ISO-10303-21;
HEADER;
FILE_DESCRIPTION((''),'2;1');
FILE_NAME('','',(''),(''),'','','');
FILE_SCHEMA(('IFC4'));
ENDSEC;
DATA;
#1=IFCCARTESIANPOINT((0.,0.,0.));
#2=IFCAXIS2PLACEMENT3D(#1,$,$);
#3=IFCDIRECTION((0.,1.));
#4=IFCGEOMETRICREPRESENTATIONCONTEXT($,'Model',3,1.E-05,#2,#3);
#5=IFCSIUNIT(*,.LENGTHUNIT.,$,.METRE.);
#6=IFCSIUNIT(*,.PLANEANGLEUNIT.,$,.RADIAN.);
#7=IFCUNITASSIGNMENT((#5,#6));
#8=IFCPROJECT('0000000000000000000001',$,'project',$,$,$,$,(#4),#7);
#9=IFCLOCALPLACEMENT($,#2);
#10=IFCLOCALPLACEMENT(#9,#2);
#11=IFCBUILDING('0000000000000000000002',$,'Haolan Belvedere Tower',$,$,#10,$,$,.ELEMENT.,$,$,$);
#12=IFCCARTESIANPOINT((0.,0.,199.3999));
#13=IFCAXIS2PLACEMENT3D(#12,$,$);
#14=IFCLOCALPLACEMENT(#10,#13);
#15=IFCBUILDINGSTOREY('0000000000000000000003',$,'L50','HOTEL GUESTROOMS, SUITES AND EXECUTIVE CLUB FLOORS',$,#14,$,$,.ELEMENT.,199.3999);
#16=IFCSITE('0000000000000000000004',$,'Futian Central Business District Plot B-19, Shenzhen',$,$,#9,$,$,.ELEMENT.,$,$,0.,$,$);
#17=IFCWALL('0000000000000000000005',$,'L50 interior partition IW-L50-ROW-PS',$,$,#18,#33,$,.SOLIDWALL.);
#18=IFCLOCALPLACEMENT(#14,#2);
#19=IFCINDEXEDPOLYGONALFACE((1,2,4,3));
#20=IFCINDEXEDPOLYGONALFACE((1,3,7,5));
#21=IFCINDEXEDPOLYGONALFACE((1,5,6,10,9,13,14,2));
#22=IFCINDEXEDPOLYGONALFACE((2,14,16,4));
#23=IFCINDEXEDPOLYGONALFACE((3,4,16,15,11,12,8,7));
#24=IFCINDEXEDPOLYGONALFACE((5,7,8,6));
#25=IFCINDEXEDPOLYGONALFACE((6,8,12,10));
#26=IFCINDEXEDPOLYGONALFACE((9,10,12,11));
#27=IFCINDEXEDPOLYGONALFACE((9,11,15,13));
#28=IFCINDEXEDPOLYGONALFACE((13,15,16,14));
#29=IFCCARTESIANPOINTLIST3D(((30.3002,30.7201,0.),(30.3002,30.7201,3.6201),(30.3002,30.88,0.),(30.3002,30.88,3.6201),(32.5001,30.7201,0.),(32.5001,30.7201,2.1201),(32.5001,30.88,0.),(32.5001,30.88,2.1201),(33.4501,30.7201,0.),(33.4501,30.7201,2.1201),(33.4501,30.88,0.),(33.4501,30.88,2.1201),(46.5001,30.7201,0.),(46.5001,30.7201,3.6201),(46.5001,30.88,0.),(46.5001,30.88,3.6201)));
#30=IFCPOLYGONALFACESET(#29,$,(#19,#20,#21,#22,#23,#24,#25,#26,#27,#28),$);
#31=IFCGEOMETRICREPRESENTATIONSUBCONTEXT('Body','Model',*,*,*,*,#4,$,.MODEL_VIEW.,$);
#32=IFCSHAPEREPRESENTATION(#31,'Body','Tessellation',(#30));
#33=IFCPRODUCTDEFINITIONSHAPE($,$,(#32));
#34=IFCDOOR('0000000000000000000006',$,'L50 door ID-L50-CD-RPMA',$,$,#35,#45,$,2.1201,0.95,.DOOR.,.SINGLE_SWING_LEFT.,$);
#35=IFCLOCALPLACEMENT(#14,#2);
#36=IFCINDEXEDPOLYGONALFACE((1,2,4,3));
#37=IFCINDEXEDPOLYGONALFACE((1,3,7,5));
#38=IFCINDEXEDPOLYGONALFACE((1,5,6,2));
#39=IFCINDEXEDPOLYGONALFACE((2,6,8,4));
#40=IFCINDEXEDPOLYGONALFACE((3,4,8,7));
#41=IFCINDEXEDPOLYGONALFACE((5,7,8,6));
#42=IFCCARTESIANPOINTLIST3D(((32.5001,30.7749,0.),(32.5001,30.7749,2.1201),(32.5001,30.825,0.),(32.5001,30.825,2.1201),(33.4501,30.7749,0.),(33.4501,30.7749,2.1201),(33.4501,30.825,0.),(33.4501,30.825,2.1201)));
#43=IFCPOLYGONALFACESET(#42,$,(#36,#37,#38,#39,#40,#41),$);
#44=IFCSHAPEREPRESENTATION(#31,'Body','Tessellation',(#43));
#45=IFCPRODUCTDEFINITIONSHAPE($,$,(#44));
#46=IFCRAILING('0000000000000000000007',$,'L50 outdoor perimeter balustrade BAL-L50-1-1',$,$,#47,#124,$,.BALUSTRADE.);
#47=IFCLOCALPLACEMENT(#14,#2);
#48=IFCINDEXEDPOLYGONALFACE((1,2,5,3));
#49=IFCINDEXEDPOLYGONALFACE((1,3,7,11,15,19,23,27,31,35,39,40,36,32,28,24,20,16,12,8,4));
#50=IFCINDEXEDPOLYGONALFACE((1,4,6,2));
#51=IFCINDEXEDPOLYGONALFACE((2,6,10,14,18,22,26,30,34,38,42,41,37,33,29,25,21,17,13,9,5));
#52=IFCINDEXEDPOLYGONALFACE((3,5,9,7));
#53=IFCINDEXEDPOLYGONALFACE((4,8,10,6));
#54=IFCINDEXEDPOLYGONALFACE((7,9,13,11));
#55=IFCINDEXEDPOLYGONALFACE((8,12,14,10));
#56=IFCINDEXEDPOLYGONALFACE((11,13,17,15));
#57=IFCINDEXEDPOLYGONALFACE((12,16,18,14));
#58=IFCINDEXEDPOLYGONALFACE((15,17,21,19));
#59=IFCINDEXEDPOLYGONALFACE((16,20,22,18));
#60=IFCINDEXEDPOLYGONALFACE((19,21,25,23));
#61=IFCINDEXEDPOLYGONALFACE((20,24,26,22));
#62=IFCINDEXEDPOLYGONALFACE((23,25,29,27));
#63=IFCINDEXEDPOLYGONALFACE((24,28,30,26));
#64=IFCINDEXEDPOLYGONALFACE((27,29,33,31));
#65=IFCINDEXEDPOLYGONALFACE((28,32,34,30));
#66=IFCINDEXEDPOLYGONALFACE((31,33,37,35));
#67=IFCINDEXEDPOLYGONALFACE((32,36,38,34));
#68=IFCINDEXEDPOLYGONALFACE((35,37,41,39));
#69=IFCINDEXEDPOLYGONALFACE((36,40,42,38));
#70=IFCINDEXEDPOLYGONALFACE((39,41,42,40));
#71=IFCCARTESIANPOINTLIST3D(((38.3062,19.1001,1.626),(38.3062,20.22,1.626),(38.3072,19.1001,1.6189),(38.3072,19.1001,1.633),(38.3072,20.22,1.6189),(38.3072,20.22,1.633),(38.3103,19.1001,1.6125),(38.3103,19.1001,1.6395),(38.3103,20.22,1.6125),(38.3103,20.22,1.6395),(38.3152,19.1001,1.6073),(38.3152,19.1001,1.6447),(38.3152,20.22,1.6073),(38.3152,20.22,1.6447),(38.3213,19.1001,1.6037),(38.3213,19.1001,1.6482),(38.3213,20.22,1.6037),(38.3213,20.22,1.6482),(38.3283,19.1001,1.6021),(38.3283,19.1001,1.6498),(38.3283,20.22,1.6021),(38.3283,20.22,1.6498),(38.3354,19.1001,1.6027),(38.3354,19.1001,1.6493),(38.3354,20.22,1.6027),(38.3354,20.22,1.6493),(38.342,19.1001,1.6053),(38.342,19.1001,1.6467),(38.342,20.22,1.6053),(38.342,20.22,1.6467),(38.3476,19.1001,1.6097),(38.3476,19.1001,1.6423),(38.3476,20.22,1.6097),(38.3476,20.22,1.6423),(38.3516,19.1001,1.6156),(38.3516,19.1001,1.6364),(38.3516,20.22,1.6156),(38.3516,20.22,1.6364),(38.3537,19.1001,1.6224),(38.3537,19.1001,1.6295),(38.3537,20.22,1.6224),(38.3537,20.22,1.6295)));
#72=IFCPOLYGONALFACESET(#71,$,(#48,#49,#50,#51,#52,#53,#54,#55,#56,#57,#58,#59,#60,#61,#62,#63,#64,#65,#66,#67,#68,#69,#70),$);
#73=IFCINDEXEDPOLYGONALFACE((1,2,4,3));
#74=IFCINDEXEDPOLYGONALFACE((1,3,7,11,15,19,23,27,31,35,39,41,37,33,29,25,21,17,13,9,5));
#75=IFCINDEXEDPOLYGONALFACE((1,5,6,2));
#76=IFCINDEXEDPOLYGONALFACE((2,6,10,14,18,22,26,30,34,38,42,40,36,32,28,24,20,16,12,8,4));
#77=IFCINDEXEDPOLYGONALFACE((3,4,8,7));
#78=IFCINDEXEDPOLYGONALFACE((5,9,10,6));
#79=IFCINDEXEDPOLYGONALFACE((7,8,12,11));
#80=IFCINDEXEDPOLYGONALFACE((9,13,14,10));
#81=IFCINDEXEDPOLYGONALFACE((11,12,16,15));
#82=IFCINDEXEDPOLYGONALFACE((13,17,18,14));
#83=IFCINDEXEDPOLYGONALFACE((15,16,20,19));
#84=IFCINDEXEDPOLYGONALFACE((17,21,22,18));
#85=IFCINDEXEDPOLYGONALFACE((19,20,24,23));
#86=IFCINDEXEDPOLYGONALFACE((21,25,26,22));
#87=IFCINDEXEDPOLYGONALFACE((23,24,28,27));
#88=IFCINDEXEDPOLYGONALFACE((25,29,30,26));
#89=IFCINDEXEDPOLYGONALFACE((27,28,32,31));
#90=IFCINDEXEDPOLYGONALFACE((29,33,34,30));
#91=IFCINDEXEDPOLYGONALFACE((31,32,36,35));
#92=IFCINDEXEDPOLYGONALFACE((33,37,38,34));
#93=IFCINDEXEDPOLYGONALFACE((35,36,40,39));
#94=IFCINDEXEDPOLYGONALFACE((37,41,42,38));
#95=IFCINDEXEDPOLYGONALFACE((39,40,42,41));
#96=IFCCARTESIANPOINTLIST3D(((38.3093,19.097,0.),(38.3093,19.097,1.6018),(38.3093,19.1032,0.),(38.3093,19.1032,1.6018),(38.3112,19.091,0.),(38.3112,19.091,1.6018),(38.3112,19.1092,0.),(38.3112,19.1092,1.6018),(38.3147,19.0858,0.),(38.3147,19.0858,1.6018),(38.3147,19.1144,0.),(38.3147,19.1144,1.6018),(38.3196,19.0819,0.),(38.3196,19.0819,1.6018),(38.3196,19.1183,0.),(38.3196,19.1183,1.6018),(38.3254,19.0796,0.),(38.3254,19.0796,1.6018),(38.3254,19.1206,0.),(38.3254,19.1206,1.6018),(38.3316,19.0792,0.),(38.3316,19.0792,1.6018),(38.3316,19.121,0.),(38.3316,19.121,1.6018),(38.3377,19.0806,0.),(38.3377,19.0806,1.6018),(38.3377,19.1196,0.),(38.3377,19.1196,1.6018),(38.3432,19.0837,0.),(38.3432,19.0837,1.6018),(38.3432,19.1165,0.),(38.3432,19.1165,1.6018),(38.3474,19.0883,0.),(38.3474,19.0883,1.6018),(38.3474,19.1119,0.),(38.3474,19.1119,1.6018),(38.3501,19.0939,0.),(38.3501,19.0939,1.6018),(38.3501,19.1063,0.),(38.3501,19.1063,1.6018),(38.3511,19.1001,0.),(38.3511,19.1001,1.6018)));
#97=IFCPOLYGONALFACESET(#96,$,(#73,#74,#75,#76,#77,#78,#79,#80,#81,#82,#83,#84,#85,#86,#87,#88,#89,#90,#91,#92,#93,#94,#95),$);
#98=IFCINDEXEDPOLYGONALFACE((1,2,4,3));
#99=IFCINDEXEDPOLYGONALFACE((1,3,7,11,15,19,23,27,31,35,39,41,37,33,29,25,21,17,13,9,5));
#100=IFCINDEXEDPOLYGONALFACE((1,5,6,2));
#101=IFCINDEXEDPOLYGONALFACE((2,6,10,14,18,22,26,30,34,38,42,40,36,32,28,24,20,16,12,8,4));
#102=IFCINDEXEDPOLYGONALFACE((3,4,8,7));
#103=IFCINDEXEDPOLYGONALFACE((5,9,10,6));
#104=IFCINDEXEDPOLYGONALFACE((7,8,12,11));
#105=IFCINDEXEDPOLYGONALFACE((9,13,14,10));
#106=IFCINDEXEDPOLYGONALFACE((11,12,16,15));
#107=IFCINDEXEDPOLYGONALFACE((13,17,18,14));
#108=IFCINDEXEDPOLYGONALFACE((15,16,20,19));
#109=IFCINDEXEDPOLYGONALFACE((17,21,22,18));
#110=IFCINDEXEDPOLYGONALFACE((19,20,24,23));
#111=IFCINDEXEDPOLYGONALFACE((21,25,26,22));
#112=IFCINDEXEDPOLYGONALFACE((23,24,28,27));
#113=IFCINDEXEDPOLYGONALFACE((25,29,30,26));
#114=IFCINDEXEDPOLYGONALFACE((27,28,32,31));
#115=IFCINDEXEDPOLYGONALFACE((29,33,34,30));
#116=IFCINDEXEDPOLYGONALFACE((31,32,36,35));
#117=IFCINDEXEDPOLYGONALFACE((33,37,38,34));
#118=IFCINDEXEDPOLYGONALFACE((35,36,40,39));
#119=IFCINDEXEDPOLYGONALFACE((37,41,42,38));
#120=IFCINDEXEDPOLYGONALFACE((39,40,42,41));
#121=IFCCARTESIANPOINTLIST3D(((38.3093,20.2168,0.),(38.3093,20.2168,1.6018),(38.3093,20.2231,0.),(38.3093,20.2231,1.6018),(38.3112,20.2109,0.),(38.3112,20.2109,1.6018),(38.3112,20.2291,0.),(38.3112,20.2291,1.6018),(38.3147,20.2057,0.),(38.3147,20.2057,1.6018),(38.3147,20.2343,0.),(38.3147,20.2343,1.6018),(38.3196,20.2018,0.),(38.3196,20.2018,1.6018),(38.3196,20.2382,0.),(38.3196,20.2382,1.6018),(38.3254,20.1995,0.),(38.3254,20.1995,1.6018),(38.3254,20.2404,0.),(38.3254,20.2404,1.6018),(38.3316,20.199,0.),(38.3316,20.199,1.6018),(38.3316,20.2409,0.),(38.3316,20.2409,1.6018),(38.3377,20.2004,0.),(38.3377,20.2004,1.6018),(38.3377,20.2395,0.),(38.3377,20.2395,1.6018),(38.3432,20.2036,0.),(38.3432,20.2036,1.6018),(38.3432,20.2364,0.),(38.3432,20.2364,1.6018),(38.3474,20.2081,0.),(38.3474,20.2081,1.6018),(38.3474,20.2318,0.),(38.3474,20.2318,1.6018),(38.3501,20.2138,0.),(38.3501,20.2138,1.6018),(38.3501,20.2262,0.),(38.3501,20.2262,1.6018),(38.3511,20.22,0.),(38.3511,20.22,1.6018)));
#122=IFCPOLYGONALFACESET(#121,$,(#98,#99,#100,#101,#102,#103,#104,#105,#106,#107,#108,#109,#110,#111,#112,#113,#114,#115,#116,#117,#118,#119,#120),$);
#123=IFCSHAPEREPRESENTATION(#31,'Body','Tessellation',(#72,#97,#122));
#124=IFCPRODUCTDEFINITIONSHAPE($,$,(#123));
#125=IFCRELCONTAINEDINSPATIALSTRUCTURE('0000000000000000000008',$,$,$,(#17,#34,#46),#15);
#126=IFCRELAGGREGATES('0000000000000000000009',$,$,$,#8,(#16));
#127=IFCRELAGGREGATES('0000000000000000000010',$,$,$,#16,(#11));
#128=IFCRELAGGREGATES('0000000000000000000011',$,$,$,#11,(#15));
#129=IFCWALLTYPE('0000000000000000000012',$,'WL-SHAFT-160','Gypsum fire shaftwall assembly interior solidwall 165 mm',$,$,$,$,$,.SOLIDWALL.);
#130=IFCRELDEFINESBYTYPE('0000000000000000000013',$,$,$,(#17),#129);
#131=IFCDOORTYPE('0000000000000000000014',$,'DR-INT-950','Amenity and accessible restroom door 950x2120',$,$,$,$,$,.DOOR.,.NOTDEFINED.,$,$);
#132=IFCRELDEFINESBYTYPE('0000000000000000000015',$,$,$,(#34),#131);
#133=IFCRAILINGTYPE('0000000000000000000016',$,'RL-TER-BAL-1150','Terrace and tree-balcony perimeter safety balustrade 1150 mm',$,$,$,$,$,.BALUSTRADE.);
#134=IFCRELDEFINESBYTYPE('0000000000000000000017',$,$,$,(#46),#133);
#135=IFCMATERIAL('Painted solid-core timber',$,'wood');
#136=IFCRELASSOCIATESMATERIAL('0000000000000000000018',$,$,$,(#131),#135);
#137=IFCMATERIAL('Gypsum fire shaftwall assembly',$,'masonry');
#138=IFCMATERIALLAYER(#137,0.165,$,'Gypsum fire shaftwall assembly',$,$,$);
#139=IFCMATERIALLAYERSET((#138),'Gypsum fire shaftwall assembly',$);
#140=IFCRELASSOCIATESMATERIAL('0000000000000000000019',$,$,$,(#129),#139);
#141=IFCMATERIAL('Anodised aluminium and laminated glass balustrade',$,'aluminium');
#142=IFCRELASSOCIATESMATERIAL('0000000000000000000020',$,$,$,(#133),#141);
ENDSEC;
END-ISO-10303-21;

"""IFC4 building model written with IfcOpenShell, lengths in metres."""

from ifc_helpers import new_model, si_unit, direction, frame, frame_2d, origin, origin_2d, place, context, subcontext, project, spatial, rectangle, circle, extrude, material, layer, layer_set, type_object, element, fill, save


model = new_model("IFC4")

# Units and contexts
model_context = context("Model", 3, precision=1e-05, world=origin(), true_north=direction((0.0, 1.0)))
body_context = subcontext(model_context, "Body", "Model", "MODEL_VIEW")
ifc_project = project(units=[si_unit("LENGTHUNIT", "METRE"), si_unit("PLANEANGLEUNIT", "RADIAN")], contexts=[model_context])

# Site, building, storey
site_placement = place(None, origin())
site = spatial("IfcSite", under=ifc_project, at=site_placement, Name="Futian Central Business District Plot B-19, Shenzhen", CompositionType="ELEMENT", RefElevation=0.0)
building_placement = place(site_placement, origin())
building = spatial("IfcBuilding", under=site, at=building_placement, Name="Haolan Belvedere Tower", CompositionType="ELEMENT")
storey_placement = place(building_placement, frame((0.0, 0.0, 199.3999)))
storey = spatial("IfcBuildingStorey", under=building, at=storey_placement, Name="L50", Description="HOTEL GUESTROOMS, SUITES AND EXECUTIVE CLUB FLOORS", CompositionType="ELEMENT", Elevation=199.3999)

# Shared definitions
ifc_material_1 = material(Name="Painted solid-core timber", Category="wood")
door_type_1 = type_object("IfcDoorType", Name="DR-INT-950", Description="Amenity and accessible restroom door 950x2120", OperationType="NOTDEFINED", PredefinedType="DOOR", material=ifc_material_1)

# Wall, opening, door
ifc_material_2 = material(Name="Gypsum fire shaftwall assembly", Category="masonry")
ifc_layer_1 = layer(ifc_material_2, 0.165, Name="Gypsum fire shaftwall assembly")
ifc_layer_set_1 = layer_set([ifc_layer_1], Name="Gypsum fire shaftwall assembly")
wall_type_1 = type_object("IfcWallType", Name="WL-SHAFT-160", Description="Gypsum fire shaftwall assembly interior solidwall 165 mm", PredefinedType="SOLIDWALL", material=ifc_layer_set_1)
wall_1_placement = place(storey_placement, frame((30.3, 30.8, 0.0), z_axis=(0.0, 0.0, 1.0), x_axis=(1.0, 0.0, 0.0)))
wall_1 = element("IfcWall", 1, at=wall_1_placement, inside=storey, type_object=wall_type_1, Name="L50 interior partition IW-L50-ROW-PS", PredefinedType="SOLIDWALL", context=body_context, shape_type="SweptSolid", body=[
    extrude(rectangle(XDim=16.2, YDim=0.1599, at=frame_2d((8.1001, 0.0))), origin(), (0.0, 0.0, 1.0), 3.6201),
])
opening_1_placement = place(wall_1_placement, frame((2.2, 0.0, 0.0)))
opening_1 = element("IfcOpeningElement", 2, at=opening_1_placement, cuts=wall_1, PredefinedType="OPENING", context=body_context, shape_type="SweptSolid", body=[
    extrude(rectangle(XDim=0.95, YDim=2.1201, at=frame_2d((0.4751, 1.0601))), frame((0.0, 0.0898, 0.0), z_axis=(0.0, -1.0, 0.0), x_axis=(1.0, 0.0, 0.0)), (0.0, 0.0, 1.0), 0.1799),
])
door_1_placement = place(opening_1_placement, origin())
door_1 = element("IfcDoor", 3, at=door_1_placement, inside=storey, type_object=door_type_1, Name="L50 door ID-L50-CD-RPMA", OperationType="SINGLE_SWING_LEFT", OverallHeight=2.1201, OverallWidth=0.95, PredefinedType="DOOR", context=body_context, shape_type="SweptSolid", body=[
    extrude(rectangle(XDim=0.95, YDim=2.1201, at=frame_2d((0.4751, 1.0601))), frame((0.0, 0.0249, 0.0), z_axis=(0.0, -1.0, 0.0), x_axis=(1.0, 0.0, 0.0)), (0.0, 0.0, 1.0), 0.05),
])
fill(opening_1, door_1)

# Railing
ifc_material_3 = material(Name="Anodised aluminium and laminated glass balustrade", Category="aluminium")
railing_type = type_object("IfcRailingType", Name="RL-TER-BAL-1150", Description="Terrace and tree-balcony perimeter safety balustrade 1150 mm", PredefinedType="BALUSTRADE", material=ifc_material_3)
railing_placement = place(storey_placement, frame((38.3301, 19.1001, 0.0)))
element("IfcRailing", 4, at=railing_placement, inside=storey, type_object=railing_type, Name="L50 outdoor perimeter balustrade BAL-L50-1-1", PredefinedType="BALUSTRADE", context=body_context, shape_type="SweptSolid", body=[
    extrude(circle(Radius=0.0239, at=origin_2d()), frame((0.0, 0.0, 1.626), z_axis=(0.0, 1.0, 0.0), x_axis=(-1.0, 0.0, 0.0)), (0.0, 0.0, 1.0), 1.1199),
    extrude(circle(Radius=0.021, at=origin_2d()), origin(), (0.0, 0.0, 1.0), 1.6018),
    extrude(circle(Radius=0.021, at=origin_2d()), frame((0.0, 1.1199, 0.0)), (0.0, 0.0, 1.0), 1.6018),
])

save(model, "model.ifc")
